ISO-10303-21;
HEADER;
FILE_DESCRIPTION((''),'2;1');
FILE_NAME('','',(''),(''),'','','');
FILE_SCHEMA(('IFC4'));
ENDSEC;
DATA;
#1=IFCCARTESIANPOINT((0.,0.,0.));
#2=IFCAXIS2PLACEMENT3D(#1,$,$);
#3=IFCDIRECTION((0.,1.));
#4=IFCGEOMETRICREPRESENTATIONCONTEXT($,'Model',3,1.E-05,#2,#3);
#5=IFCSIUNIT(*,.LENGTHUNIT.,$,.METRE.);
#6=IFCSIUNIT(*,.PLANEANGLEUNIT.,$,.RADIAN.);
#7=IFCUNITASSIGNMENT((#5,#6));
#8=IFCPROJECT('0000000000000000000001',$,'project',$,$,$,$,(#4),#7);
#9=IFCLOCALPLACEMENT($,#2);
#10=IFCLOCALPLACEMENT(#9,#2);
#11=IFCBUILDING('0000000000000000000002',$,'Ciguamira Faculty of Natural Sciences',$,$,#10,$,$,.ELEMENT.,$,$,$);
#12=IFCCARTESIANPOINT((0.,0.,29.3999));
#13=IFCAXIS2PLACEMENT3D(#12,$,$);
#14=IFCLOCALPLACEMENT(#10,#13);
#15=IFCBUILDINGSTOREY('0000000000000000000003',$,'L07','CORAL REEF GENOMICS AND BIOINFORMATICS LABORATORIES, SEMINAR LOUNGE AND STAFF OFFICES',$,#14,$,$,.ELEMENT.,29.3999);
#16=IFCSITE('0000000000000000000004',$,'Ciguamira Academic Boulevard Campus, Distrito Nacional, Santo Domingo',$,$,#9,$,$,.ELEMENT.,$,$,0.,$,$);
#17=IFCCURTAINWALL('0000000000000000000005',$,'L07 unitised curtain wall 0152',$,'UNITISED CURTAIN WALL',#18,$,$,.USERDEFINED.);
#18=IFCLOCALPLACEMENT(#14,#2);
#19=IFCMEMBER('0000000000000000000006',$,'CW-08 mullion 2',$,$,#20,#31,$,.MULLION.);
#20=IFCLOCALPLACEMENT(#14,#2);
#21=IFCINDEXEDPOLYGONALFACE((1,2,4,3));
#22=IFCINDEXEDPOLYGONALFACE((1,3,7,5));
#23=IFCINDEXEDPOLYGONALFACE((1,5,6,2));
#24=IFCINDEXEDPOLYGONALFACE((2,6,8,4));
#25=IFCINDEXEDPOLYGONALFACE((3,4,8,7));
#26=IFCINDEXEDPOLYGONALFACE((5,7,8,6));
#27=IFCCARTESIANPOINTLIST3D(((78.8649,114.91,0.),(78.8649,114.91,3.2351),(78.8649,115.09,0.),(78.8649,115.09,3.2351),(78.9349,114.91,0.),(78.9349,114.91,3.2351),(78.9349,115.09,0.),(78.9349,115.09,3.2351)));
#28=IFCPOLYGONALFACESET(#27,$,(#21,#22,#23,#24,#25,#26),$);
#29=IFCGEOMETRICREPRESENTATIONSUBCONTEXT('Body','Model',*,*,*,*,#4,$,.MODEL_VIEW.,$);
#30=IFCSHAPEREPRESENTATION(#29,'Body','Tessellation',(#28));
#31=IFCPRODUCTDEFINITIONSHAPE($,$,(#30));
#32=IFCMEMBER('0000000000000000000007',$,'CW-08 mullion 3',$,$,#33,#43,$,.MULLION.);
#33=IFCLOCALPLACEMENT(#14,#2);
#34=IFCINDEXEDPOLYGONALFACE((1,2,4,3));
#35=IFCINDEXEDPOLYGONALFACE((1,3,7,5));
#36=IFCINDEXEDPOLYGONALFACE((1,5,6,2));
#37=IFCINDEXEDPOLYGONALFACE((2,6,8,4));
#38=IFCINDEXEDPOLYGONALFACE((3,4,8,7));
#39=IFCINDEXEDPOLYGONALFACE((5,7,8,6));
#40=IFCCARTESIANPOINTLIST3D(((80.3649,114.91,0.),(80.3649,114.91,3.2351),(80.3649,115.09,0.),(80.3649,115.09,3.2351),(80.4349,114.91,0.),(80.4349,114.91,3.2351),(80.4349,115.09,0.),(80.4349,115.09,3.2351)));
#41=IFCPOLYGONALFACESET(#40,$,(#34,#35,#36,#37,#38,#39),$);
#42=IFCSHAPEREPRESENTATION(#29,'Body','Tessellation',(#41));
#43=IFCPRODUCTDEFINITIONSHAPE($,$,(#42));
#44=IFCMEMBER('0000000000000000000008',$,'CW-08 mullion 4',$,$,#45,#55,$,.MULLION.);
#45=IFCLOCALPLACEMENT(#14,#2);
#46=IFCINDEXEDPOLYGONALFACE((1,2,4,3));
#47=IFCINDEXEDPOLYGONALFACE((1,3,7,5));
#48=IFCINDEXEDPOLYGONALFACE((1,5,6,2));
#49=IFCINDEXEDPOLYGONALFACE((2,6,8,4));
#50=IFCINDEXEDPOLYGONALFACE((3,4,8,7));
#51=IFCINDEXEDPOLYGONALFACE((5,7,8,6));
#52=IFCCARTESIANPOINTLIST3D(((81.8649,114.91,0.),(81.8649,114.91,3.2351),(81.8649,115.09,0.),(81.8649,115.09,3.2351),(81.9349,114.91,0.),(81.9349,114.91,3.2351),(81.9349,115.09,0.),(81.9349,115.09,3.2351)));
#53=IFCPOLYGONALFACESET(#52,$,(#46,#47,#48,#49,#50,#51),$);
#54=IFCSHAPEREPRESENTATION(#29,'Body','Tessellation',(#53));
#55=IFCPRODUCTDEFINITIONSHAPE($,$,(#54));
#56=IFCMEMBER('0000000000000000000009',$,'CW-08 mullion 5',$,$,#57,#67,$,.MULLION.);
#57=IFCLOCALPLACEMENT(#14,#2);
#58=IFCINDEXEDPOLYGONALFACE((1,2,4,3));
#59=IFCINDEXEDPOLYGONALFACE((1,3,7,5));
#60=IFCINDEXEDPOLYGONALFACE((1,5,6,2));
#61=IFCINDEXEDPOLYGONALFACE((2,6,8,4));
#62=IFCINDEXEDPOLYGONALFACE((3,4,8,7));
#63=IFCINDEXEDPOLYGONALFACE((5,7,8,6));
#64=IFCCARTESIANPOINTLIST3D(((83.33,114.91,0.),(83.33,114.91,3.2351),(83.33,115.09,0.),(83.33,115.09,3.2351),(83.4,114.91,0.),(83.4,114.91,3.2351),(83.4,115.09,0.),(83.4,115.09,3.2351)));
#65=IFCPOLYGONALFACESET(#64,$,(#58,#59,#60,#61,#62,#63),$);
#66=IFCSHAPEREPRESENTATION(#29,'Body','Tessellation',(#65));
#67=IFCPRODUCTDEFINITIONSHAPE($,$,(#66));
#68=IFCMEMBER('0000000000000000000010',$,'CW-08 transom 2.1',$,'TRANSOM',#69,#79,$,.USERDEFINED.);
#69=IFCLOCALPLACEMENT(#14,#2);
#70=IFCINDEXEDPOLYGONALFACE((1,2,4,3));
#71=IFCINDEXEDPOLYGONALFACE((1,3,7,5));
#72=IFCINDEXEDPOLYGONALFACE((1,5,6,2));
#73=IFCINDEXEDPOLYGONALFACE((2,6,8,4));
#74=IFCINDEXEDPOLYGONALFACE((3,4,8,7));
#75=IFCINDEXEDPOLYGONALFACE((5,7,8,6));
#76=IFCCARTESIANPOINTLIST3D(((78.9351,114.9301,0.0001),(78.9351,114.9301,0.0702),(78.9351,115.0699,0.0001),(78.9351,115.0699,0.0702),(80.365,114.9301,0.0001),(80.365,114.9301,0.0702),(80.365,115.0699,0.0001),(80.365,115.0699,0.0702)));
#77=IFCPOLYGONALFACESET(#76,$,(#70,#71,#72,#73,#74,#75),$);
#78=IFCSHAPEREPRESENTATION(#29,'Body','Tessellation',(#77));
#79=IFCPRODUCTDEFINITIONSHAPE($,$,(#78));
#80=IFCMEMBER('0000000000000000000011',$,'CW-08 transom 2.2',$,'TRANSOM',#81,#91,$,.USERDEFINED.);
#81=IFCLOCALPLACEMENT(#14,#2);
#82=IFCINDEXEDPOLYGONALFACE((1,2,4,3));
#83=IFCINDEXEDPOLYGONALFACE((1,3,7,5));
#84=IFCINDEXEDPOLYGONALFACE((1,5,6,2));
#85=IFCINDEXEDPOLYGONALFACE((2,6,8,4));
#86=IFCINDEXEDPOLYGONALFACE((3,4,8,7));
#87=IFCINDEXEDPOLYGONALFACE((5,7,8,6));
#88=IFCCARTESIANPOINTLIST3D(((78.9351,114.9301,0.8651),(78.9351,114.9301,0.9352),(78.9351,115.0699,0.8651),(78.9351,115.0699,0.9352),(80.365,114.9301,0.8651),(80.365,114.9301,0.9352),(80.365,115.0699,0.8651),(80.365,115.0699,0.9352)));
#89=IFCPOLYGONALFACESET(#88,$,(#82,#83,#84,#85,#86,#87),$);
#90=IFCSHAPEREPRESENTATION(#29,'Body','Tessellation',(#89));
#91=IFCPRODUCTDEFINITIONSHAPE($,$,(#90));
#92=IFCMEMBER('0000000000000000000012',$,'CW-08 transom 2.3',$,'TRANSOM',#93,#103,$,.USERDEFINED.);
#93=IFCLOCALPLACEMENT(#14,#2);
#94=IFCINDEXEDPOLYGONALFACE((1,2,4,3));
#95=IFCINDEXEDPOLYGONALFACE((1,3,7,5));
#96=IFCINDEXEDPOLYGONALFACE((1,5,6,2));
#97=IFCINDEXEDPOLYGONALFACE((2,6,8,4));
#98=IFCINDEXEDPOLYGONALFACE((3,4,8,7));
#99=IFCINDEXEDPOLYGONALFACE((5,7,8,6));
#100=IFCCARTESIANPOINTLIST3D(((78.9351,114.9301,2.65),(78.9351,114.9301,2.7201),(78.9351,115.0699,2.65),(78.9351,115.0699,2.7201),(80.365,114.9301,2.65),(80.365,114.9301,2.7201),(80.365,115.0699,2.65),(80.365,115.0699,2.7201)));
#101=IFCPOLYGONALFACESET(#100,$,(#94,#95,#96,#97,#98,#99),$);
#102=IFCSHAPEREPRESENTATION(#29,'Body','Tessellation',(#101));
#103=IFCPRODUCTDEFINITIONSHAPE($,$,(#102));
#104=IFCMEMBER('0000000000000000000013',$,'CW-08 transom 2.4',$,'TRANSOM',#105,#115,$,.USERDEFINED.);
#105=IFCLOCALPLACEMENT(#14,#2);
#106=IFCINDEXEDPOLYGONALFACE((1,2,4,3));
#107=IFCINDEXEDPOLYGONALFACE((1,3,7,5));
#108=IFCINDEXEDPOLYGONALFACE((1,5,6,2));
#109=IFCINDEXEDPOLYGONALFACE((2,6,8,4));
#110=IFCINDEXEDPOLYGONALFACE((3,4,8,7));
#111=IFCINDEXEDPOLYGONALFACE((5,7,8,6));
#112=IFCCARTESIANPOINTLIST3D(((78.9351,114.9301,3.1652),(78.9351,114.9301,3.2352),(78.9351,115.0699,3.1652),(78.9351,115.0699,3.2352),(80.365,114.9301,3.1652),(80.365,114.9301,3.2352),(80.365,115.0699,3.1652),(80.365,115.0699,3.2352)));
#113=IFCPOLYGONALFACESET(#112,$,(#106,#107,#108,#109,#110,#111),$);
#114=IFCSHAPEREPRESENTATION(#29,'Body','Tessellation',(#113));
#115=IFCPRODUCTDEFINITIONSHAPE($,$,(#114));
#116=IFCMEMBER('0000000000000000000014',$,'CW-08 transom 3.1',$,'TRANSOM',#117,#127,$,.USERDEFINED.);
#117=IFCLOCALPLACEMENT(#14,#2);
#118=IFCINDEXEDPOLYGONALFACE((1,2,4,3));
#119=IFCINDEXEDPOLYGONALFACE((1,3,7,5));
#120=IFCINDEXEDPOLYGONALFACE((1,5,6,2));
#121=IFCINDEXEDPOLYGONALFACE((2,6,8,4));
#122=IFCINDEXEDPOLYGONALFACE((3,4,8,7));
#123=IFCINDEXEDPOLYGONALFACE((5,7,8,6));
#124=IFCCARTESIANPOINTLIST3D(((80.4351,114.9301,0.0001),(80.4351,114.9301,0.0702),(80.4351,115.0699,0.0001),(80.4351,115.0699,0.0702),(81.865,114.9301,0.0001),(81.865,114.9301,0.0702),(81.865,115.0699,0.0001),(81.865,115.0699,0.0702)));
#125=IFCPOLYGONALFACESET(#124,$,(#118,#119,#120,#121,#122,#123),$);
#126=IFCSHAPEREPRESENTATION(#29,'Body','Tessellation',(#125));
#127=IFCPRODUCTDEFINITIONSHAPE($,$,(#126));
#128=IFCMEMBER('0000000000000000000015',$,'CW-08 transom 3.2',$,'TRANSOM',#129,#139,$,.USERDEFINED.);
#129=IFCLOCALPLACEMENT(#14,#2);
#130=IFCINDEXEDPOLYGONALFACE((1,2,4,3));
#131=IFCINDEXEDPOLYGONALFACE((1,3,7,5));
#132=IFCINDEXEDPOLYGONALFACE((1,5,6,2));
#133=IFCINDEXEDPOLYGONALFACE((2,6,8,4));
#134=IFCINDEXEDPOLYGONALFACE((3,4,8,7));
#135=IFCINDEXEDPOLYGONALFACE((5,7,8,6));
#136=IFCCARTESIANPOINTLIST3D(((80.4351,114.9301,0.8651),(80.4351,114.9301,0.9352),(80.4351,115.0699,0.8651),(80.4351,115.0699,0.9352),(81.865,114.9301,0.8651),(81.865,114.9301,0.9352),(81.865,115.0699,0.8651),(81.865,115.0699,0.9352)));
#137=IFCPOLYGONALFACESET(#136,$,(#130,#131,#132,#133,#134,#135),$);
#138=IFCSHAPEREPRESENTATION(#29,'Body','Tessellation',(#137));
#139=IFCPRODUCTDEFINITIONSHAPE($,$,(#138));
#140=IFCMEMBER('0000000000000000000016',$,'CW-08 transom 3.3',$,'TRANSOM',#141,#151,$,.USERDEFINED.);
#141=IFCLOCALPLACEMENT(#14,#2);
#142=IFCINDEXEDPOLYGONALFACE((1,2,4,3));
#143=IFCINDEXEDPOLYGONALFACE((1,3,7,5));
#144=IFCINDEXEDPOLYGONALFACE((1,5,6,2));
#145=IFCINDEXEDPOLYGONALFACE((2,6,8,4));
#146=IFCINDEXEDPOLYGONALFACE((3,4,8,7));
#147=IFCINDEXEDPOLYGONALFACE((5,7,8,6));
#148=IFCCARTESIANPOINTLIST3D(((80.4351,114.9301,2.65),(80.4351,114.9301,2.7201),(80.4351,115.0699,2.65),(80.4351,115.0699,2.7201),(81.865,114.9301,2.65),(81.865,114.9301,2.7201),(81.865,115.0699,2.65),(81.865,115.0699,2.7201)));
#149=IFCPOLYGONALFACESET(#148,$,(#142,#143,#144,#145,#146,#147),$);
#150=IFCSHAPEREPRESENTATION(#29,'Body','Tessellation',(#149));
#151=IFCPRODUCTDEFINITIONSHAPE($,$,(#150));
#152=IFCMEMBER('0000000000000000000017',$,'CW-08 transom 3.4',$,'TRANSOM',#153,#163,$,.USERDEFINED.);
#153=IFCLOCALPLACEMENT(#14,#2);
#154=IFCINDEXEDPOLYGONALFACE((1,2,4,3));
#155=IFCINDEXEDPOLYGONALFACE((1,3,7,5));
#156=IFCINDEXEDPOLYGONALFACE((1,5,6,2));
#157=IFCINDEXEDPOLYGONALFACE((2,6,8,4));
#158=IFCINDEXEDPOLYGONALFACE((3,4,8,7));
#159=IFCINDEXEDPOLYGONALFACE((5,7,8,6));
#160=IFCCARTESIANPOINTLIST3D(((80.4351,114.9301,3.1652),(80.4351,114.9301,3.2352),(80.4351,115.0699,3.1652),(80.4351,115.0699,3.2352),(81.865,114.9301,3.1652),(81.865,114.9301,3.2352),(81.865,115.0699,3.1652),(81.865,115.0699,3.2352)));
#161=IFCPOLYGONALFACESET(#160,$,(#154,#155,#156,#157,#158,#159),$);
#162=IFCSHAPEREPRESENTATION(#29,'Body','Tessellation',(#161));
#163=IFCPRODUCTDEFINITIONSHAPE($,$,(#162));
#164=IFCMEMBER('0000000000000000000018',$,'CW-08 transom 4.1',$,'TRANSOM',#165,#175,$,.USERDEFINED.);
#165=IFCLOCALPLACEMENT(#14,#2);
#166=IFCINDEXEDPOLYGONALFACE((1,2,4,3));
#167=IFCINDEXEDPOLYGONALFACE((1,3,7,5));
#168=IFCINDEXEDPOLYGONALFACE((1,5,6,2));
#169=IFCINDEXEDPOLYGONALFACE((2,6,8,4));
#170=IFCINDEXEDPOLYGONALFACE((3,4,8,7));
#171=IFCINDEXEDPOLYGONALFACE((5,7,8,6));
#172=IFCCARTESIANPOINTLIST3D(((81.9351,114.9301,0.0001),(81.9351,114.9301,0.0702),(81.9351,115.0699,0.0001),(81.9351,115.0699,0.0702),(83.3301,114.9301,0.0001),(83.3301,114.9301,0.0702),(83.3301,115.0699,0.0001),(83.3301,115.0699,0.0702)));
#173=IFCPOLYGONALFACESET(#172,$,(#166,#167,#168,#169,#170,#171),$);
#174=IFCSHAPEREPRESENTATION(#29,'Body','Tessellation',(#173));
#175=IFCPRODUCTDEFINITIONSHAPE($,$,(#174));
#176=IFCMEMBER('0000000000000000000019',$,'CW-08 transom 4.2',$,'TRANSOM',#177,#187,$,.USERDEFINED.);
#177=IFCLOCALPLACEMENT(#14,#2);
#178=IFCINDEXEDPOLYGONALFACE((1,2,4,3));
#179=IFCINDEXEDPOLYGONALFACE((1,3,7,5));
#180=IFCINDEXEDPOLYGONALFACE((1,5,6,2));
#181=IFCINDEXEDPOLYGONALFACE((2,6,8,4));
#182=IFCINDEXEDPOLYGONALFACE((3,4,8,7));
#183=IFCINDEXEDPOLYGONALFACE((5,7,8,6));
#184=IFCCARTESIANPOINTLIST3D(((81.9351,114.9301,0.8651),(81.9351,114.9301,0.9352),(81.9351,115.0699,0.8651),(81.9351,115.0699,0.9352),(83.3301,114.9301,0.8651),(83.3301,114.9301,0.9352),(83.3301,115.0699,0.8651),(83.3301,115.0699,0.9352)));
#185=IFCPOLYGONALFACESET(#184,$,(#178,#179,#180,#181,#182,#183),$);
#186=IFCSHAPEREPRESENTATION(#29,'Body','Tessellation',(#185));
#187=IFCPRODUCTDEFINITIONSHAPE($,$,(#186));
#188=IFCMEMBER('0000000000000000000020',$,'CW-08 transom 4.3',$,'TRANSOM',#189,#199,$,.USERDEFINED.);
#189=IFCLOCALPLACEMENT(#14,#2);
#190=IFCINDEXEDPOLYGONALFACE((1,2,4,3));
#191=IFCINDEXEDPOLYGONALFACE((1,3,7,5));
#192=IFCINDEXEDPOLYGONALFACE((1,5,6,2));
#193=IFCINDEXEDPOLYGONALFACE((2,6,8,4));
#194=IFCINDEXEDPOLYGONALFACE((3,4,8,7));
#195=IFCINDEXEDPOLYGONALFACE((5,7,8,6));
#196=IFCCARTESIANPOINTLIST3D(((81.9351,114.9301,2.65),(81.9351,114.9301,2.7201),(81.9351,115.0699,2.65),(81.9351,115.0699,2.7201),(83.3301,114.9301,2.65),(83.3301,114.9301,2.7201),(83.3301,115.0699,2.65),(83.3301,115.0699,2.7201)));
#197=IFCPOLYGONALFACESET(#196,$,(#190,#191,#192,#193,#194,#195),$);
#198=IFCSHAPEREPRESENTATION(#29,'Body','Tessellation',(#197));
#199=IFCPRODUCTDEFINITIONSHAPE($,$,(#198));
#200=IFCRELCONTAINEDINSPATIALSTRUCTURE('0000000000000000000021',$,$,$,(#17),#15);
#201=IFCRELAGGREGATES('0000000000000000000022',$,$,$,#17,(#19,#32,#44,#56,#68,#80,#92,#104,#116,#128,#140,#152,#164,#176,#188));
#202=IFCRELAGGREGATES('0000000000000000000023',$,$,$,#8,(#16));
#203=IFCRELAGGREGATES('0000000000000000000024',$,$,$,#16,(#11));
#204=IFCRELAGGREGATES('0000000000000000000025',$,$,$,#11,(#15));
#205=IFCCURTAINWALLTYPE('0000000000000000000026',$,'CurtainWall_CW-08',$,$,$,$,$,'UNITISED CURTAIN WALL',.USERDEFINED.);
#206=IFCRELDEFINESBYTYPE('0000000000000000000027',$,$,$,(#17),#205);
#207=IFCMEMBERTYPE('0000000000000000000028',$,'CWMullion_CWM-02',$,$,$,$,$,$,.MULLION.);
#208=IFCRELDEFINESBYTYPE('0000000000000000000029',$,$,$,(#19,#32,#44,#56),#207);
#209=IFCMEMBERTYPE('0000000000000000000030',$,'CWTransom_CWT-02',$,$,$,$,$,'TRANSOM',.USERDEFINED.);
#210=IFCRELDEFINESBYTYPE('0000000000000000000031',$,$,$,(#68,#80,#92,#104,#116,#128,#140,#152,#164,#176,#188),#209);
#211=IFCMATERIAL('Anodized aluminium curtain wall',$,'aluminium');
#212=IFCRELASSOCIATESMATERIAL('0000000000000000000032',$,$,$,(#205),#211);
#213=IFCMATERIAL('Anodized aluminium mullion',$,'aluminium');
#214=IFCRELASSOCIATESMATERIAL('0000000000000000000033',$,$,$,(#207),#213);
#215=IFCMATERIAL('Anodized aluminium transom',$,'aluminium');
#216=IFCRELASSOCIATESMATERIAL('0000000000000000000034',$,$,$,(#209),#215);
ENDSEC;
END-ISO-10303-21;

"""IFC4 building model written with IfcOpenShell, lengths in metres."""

from ifc_helpers import new_model, si_unit, direction, frame, origin, origin_2d, place, context, subcontext, project, spatial, rectangle, extrude, material, material_profile, profile_set, type_object, element, aggregate, save


model = new_model("IFC4")

# Units and contexts
model_context = context("Model", 3, precision=1e-05, world=origin(), true_north=direction((0.0, 1.0)))
body_context = subcontext(model_context, "Body", "Model", "MODEL_VIEW")
ifc_project = project(units=[si_unit("LENGTHUNIT", "METRE"), si_unit("PLANEANGLEUNIT", "RADIAN")], contexts=[model_context])

# Site, building, storey
site_placement = place(None, origin())
site = spatial("IfcSite", under=ifc_project, at=site_placement, Name="Ciguamira Academic Boulevard Campus, Distrito Nacional, Santo Domingo", CompositionType="ELEMENT", RefElevation=0.0)
building_placement = place(site_placement, origin())
building = spatial("IfcBuilding", under=site, at=building_placement, Name="Ciguamira Faculty of Natural Sciences", CompositionType="ELEMENT")
storey_placement = place(building_placement, frame((0.0, 0.0, 29.3999)))
storey = spatial("IfcBuildingStorey", under=building, at=storey_placement, Name="L07", Description="CORAL REEF GENOMICS AND BIOINFORMATICS LABORATORIES, SEMINAR LOUNGE AND STAFF OFFICES", CompositionType="ELEMENT", Elevation=29.3999)

# Curtain wall, members
ifc_material_1 = material(Name="Anodized aluminium curtain wall", Category="aluminium")
curtain_wall_type = type_object("IfcCurtainWallType", Name="CurtainWall_CW-08", ElementType="UNITISED CURTAIN WALL", PredefinedType="USERDEFINED", material=ifc_material_1)
curtain_wall_placement = place(storey_placement, origin())
curtain_wall = element("IfcCurtainWall", 1, at=curtain_wall_placement, inside=storey, type_object=curtain_wall_type, Name="L07 unitised curtain wall 0152", ObjectType="UNITISED CURTAIN WALL", PredefinedType="USERDEFINED")
ifc_material_2 = material(Name="Anodized aluminium mullion", Category="aluminium")
ifc_material_profile_1 = material_profile(ifc_material_2, rectangle(XDim=0.0701, YDim=0.1799, at=origin_2d()), Name="ALU-MUL-70X180")
ifc_profile_set_1 = profile_set([ifc_material_profile_1], Name="Anodized aluminium mullion")
member_type_1 = type_object("IfcMemberType", Name="CWMullion_CWM-02", PredefinedType="MULLION", material=ifc_profile_set_1)
member_1_placement = place(storey_placement, frame((78.8999, 115.0, 0.0), z_axis=(0.0, 0.0, 1.0), x_axis=(1.0, 0.0, 0.0)))
member_1 = element("IfcMember", 2, at=member_1_placement, type_object=member_type_1, Name="CW-08 mullion 2", PredefinedType="MULLION", context=body_context, shape_type="SweptSolid", body=[
    extrude(rectangle(XDim=0.0701, YDim=0.1799, at=origin_2d()), origin(), (0.0, 0.0, 1.0), 3.2351),
])
member_2_placement = place(storey_placement, frame((80.3999, 115.0, 0.0), z_axis=(0.0, 0.0, 1.0), x_axis=(1.0, 0.0, 0.0)))
member_2 = element("IfcMember", 3, at=member_2_placement, type_object=member_type_1, Name="CW-08 mullion 3", PredefinedType="MULLION", context=body_context, shape_type="SweptSolid", body=[
    extrude(rectangle(XDim=0.0701, YDim=0.1799, at=origin_2d()), origin(), (0.0, 0.0, 1.0), 3.2351),
])
member_3_placement = place(storey_placement, frame((81.8999, 115.0, 0.0), z_axis=(0.0, 0.0, 1.0), x_axis=(1.0, 0.0, 0.0)))
member_3 = element("IfcMember", 4, at=member_3_placement, type_object=member_type_1, Name="CW-08 mullion 4", PredefinedType="MULLION", context=body_context, shape_type="SweptSolid", body=[
    extrude(rectangle(XDim=0.0701, YDim=0.1799, at=origin_2d()), origin(), (0.0, 0.0, 1.0), 3.2351),
])
member_4_placement = place(storey_placement, frame((83.365, 115.0, 0.0), z_axis=(0.0, 0.0, 1.0), x_axis=(1.0, 0.0, 0.0)))
member_4 = element("IfcMember", 5, at=member_4_placement, type_object=member_type_1, Name="CW-08 mullion 5", PredefinedType="MULLION", context=body_context, shape_type="SweptSolid", body=[
    extrude(rectangle(XDim=0.0701, YDim=0.1799, at=origin_2d()), origin(), (0.0, 0.0, 1.0), 3.2351),
])
ifc_material_3 = material(Name="Anodized aluminium transom", Category="aluminium")
ifc_material_profile_2 = material_profile(ifc_material_3, rectangle(XDim=0.0701, YDim=0.1399, at=origin_2d()), Name="ALU-TRN-70X140")
ifc_profile_set_2 = profile_set([ifc_material_profile_2], Name="Anodized aluminium transom")
member_type_2 = type_object("IfcMemberType", Name="CWTransom_CWT-02", ElementType="TRANSOM", PredefinedType="USERDEFINED", material=ifc_profile_set_2)
member_5_placement = place(storey_placement, frame((78.9351, 115.0, 0.0352), z_axis=(1.0, 0.0, 0.0), x_axis=(0.0, 0.0, 1.0)))
member_5 = element("IfcMember", 6, at=member_5_placement, type_object=member_type_2, Name="CW-08 transom 2.1", ObjectType="TRANSOM", PredefinedType="USERDEFINED", context=body_context, shape_type="SweptSolid", body=[
    extrude(rectangle(XDim=0.0701, YDim=0.1399, at=origin_2d()), origin(), (0.0, 0.0, 1.0), 1.4299),
])
member_6_placement = place(storey_placement, frame((78.9351, 115.0, 0.9001), z_axis=(1.0, 0.0, 0.0), x_axis=(0.0, 0.0, 1.0)))
member_6 = element("IfcMember", 7, at=member_6_placement, type_object=member_type_2, Name="CW-08 transom 2.2", ObjectType="TRANSOM", PredefinedType="USERDEFINED", context=body_context, shape_type="SweptSolid", body=[
    extrude(rectangle(XDim=0.0701, YDim=0.1399, at=origin_2d()), origin(), (0.0, 0.0, 1.0), 1.4299),
])
member_7_placement = place(storey_placement, frame((78.9351, 115.0, 2.6851), z_axis=(1.0, 0.0, 0.0), x_axis=(0.0, 0.0, 1.0)))
member_7 = element("IfcMember", 8, at=member_7_placement, type_object=member_type_2, Name="CW-08 transom 2.3", ObjectType="TRANSOM", PredefinedType="USERDEFINED", context=body_context, shape_type="SweptSolid", body=[
    extrude(rectangle(XDim=0.0701, YDim=0.1399, at=origin_2d()), origin(), (0.0, 0.0, 1.0), 1.4299),
])
member_8_placement = place(storey_placement, frame((78.9351, 115.0, 3.2002), z_axis=(1.0, 0.0, 0.0), x_axis=(0.0, 0.0, 1.0)))
member_8 = element("IfcMember", 9, at=member_8_placement, type_object=member_type_2, Name="CW-08 transom 2.4", ObjectType="TRANSOM", PredefinedType="USERDEFINED", context=body_context, shape_type="SweptSolid", body=[
    extrude(rectangle(XDim=0.0701, YDim=0.1399, at=origin_2d()), origin(), (0.0, 0.0, 1.0), 1.4299),
])
member_9_placement = place(storey_placement, frame((80.4351, 115.0, 0.0352), z_axis=(1.0, 0.0, 0.0), x_axis=(0.0, 0.0, 1.0)))
member_9 = element("IfcMember", 10, at=member_9_placement, type_object=member_type_2, Name="CW-08 transom 3.1", ObjectType="TRANSOM", PredefinedType="USERDEFINED", context=body_context, shape_type="SweptSolid", body=[
    extrude(rectangle(XDim=0.0701, YDim=0.1399, at=origin_2d()), origin(), (0.0, 0.0, 1.0), 1.4299),
])
member_10_placement = place(storey_placement, frame((80.4351, 115.0, 0.9001), z_axis=(1.0, 0.0, 0.0), x_axis=(0.0, 0.0, 1.0)))
member_10 = element("IfcMember", 11, at=member_10_placement, type_object=member_type_2, Name="CW-08 transom 3.2", ObjectType="TRANSOM", PredefinedType="USERDEFINED", context=body_context, shape_type="SweptSolid", body=[
    extrude(rectangle(XDim=0.0701, YDim=0.1399, at=origin_2d()), origin(), (0.0, 0.0, 1.0), 1.4299),
])
member_11_placement = place(storey_placement, frame((80.4351, 115.0, 2.6851), z_axis=(1.0, 0.0, 0.0), x_axis=(0.0, 0.0, 1.0)))
member_11 = element("IfcMember", 12, at=member_11_placement, type_object=member_type_2, Name="CW-08 transom 3.3", ObjectType="TRANSOM", PredefinedType="USERDEFINED", context=body_context, shape_type="SweptSolid", body=[
    extrude(rectangle(XDim=0.0701, YDim=0.1399, at=origin_2d()), origin(), (0.0, 0.0, 1.0), 1.4299),
])
member_12_placement = place(storey_placement, frame((80.4351, 115.0, 3.2002), z_axis=(1.0, 0.0, 0.0), x_axis=(0.0, 0.0, 1.0)))
member_12 = element("IfcMember", 13, at=member_12_placement, type_object=member_type_2, Name="CW-08 transom 3.4", ObjectType="TRANSOM", PredefinedType="USERDEFINED", context=body_context, shape_type="SweptSolid", body=[
    extrude(rectangle(XDim=0.0701, YDim=0.1399, at=origin_2d()), origin(), (0.0, 0.0, 1.0), 1.4299),
])
member_13_placement = place(storey_placement, frame((81.9351, 115.0, 0.0352), z_axis=(1.0, 0.0, 0.0), x_axis=(0.0, 0.0, 1.0)))
member_13 = element("IfcMember", 14, at=member_13_placement, type_object=member_type_2, Name="CW-08 transom 4.1", ObjectType="TRANSOM", PredefinedType="USERDEFINED", context=body_context, shape_type="SweptSolid", body=[
    extrude(rectangle(XDim=0.0701, YDim=0.1399, at=origin_2d()), origin(), (0.0, 0.0, 1.0), 1.395),
])
member_14_placement = place(storey_placement, frame((81.9351, 115.0, 0.9001), z_axis=(1.0, 0.0, 0.0), x_axis=(0.0, 0.0, 1.0)))
member_14 = element("IfcMember", 15, at=member_14_placement, type_object=member_type_2, Name="CW-08 transom 4.2", ObjectType="TRANSOM", PredefinedType="USERDEFINED", context=body_context, shape_type="SweptSolid", body=[
    extrude(rectangle(XDim=0.0701, YDim=0.1399, at=origin_2d()), origin(), (0.0, 0.0, 1.0), 1.395),
])
member_15_placement = place(storey_placement, frame((81.9351, 115.0, 2.6851), z_axis=(1.0, 0.0, 0.0), x_axis=(0.0, 0.0, 1.0)))
member_15 = element("IfcMember", 16, at=member_15_placement, type_object=member_type_2, Name="CW-08 transom 4.3", ObjectType="TRANSOM", PredefinedType="USERDEFINED", context=body_context, shape_type="SweptSolid", body=[
    extrude(rectangle(XDim=0.0701, YDim=0.1399, at=origin_2d()), origin(), (0.0, 0.0, 1.0), 1.395),
])
aggregate(curtain_wall, [member_1, member_2, member_3, member_4, member_5, member_6, member_7, member_8, member_9, member_10, member_11, member_12, member_13, member_14, member_15])

save(model, "model.ifc")
